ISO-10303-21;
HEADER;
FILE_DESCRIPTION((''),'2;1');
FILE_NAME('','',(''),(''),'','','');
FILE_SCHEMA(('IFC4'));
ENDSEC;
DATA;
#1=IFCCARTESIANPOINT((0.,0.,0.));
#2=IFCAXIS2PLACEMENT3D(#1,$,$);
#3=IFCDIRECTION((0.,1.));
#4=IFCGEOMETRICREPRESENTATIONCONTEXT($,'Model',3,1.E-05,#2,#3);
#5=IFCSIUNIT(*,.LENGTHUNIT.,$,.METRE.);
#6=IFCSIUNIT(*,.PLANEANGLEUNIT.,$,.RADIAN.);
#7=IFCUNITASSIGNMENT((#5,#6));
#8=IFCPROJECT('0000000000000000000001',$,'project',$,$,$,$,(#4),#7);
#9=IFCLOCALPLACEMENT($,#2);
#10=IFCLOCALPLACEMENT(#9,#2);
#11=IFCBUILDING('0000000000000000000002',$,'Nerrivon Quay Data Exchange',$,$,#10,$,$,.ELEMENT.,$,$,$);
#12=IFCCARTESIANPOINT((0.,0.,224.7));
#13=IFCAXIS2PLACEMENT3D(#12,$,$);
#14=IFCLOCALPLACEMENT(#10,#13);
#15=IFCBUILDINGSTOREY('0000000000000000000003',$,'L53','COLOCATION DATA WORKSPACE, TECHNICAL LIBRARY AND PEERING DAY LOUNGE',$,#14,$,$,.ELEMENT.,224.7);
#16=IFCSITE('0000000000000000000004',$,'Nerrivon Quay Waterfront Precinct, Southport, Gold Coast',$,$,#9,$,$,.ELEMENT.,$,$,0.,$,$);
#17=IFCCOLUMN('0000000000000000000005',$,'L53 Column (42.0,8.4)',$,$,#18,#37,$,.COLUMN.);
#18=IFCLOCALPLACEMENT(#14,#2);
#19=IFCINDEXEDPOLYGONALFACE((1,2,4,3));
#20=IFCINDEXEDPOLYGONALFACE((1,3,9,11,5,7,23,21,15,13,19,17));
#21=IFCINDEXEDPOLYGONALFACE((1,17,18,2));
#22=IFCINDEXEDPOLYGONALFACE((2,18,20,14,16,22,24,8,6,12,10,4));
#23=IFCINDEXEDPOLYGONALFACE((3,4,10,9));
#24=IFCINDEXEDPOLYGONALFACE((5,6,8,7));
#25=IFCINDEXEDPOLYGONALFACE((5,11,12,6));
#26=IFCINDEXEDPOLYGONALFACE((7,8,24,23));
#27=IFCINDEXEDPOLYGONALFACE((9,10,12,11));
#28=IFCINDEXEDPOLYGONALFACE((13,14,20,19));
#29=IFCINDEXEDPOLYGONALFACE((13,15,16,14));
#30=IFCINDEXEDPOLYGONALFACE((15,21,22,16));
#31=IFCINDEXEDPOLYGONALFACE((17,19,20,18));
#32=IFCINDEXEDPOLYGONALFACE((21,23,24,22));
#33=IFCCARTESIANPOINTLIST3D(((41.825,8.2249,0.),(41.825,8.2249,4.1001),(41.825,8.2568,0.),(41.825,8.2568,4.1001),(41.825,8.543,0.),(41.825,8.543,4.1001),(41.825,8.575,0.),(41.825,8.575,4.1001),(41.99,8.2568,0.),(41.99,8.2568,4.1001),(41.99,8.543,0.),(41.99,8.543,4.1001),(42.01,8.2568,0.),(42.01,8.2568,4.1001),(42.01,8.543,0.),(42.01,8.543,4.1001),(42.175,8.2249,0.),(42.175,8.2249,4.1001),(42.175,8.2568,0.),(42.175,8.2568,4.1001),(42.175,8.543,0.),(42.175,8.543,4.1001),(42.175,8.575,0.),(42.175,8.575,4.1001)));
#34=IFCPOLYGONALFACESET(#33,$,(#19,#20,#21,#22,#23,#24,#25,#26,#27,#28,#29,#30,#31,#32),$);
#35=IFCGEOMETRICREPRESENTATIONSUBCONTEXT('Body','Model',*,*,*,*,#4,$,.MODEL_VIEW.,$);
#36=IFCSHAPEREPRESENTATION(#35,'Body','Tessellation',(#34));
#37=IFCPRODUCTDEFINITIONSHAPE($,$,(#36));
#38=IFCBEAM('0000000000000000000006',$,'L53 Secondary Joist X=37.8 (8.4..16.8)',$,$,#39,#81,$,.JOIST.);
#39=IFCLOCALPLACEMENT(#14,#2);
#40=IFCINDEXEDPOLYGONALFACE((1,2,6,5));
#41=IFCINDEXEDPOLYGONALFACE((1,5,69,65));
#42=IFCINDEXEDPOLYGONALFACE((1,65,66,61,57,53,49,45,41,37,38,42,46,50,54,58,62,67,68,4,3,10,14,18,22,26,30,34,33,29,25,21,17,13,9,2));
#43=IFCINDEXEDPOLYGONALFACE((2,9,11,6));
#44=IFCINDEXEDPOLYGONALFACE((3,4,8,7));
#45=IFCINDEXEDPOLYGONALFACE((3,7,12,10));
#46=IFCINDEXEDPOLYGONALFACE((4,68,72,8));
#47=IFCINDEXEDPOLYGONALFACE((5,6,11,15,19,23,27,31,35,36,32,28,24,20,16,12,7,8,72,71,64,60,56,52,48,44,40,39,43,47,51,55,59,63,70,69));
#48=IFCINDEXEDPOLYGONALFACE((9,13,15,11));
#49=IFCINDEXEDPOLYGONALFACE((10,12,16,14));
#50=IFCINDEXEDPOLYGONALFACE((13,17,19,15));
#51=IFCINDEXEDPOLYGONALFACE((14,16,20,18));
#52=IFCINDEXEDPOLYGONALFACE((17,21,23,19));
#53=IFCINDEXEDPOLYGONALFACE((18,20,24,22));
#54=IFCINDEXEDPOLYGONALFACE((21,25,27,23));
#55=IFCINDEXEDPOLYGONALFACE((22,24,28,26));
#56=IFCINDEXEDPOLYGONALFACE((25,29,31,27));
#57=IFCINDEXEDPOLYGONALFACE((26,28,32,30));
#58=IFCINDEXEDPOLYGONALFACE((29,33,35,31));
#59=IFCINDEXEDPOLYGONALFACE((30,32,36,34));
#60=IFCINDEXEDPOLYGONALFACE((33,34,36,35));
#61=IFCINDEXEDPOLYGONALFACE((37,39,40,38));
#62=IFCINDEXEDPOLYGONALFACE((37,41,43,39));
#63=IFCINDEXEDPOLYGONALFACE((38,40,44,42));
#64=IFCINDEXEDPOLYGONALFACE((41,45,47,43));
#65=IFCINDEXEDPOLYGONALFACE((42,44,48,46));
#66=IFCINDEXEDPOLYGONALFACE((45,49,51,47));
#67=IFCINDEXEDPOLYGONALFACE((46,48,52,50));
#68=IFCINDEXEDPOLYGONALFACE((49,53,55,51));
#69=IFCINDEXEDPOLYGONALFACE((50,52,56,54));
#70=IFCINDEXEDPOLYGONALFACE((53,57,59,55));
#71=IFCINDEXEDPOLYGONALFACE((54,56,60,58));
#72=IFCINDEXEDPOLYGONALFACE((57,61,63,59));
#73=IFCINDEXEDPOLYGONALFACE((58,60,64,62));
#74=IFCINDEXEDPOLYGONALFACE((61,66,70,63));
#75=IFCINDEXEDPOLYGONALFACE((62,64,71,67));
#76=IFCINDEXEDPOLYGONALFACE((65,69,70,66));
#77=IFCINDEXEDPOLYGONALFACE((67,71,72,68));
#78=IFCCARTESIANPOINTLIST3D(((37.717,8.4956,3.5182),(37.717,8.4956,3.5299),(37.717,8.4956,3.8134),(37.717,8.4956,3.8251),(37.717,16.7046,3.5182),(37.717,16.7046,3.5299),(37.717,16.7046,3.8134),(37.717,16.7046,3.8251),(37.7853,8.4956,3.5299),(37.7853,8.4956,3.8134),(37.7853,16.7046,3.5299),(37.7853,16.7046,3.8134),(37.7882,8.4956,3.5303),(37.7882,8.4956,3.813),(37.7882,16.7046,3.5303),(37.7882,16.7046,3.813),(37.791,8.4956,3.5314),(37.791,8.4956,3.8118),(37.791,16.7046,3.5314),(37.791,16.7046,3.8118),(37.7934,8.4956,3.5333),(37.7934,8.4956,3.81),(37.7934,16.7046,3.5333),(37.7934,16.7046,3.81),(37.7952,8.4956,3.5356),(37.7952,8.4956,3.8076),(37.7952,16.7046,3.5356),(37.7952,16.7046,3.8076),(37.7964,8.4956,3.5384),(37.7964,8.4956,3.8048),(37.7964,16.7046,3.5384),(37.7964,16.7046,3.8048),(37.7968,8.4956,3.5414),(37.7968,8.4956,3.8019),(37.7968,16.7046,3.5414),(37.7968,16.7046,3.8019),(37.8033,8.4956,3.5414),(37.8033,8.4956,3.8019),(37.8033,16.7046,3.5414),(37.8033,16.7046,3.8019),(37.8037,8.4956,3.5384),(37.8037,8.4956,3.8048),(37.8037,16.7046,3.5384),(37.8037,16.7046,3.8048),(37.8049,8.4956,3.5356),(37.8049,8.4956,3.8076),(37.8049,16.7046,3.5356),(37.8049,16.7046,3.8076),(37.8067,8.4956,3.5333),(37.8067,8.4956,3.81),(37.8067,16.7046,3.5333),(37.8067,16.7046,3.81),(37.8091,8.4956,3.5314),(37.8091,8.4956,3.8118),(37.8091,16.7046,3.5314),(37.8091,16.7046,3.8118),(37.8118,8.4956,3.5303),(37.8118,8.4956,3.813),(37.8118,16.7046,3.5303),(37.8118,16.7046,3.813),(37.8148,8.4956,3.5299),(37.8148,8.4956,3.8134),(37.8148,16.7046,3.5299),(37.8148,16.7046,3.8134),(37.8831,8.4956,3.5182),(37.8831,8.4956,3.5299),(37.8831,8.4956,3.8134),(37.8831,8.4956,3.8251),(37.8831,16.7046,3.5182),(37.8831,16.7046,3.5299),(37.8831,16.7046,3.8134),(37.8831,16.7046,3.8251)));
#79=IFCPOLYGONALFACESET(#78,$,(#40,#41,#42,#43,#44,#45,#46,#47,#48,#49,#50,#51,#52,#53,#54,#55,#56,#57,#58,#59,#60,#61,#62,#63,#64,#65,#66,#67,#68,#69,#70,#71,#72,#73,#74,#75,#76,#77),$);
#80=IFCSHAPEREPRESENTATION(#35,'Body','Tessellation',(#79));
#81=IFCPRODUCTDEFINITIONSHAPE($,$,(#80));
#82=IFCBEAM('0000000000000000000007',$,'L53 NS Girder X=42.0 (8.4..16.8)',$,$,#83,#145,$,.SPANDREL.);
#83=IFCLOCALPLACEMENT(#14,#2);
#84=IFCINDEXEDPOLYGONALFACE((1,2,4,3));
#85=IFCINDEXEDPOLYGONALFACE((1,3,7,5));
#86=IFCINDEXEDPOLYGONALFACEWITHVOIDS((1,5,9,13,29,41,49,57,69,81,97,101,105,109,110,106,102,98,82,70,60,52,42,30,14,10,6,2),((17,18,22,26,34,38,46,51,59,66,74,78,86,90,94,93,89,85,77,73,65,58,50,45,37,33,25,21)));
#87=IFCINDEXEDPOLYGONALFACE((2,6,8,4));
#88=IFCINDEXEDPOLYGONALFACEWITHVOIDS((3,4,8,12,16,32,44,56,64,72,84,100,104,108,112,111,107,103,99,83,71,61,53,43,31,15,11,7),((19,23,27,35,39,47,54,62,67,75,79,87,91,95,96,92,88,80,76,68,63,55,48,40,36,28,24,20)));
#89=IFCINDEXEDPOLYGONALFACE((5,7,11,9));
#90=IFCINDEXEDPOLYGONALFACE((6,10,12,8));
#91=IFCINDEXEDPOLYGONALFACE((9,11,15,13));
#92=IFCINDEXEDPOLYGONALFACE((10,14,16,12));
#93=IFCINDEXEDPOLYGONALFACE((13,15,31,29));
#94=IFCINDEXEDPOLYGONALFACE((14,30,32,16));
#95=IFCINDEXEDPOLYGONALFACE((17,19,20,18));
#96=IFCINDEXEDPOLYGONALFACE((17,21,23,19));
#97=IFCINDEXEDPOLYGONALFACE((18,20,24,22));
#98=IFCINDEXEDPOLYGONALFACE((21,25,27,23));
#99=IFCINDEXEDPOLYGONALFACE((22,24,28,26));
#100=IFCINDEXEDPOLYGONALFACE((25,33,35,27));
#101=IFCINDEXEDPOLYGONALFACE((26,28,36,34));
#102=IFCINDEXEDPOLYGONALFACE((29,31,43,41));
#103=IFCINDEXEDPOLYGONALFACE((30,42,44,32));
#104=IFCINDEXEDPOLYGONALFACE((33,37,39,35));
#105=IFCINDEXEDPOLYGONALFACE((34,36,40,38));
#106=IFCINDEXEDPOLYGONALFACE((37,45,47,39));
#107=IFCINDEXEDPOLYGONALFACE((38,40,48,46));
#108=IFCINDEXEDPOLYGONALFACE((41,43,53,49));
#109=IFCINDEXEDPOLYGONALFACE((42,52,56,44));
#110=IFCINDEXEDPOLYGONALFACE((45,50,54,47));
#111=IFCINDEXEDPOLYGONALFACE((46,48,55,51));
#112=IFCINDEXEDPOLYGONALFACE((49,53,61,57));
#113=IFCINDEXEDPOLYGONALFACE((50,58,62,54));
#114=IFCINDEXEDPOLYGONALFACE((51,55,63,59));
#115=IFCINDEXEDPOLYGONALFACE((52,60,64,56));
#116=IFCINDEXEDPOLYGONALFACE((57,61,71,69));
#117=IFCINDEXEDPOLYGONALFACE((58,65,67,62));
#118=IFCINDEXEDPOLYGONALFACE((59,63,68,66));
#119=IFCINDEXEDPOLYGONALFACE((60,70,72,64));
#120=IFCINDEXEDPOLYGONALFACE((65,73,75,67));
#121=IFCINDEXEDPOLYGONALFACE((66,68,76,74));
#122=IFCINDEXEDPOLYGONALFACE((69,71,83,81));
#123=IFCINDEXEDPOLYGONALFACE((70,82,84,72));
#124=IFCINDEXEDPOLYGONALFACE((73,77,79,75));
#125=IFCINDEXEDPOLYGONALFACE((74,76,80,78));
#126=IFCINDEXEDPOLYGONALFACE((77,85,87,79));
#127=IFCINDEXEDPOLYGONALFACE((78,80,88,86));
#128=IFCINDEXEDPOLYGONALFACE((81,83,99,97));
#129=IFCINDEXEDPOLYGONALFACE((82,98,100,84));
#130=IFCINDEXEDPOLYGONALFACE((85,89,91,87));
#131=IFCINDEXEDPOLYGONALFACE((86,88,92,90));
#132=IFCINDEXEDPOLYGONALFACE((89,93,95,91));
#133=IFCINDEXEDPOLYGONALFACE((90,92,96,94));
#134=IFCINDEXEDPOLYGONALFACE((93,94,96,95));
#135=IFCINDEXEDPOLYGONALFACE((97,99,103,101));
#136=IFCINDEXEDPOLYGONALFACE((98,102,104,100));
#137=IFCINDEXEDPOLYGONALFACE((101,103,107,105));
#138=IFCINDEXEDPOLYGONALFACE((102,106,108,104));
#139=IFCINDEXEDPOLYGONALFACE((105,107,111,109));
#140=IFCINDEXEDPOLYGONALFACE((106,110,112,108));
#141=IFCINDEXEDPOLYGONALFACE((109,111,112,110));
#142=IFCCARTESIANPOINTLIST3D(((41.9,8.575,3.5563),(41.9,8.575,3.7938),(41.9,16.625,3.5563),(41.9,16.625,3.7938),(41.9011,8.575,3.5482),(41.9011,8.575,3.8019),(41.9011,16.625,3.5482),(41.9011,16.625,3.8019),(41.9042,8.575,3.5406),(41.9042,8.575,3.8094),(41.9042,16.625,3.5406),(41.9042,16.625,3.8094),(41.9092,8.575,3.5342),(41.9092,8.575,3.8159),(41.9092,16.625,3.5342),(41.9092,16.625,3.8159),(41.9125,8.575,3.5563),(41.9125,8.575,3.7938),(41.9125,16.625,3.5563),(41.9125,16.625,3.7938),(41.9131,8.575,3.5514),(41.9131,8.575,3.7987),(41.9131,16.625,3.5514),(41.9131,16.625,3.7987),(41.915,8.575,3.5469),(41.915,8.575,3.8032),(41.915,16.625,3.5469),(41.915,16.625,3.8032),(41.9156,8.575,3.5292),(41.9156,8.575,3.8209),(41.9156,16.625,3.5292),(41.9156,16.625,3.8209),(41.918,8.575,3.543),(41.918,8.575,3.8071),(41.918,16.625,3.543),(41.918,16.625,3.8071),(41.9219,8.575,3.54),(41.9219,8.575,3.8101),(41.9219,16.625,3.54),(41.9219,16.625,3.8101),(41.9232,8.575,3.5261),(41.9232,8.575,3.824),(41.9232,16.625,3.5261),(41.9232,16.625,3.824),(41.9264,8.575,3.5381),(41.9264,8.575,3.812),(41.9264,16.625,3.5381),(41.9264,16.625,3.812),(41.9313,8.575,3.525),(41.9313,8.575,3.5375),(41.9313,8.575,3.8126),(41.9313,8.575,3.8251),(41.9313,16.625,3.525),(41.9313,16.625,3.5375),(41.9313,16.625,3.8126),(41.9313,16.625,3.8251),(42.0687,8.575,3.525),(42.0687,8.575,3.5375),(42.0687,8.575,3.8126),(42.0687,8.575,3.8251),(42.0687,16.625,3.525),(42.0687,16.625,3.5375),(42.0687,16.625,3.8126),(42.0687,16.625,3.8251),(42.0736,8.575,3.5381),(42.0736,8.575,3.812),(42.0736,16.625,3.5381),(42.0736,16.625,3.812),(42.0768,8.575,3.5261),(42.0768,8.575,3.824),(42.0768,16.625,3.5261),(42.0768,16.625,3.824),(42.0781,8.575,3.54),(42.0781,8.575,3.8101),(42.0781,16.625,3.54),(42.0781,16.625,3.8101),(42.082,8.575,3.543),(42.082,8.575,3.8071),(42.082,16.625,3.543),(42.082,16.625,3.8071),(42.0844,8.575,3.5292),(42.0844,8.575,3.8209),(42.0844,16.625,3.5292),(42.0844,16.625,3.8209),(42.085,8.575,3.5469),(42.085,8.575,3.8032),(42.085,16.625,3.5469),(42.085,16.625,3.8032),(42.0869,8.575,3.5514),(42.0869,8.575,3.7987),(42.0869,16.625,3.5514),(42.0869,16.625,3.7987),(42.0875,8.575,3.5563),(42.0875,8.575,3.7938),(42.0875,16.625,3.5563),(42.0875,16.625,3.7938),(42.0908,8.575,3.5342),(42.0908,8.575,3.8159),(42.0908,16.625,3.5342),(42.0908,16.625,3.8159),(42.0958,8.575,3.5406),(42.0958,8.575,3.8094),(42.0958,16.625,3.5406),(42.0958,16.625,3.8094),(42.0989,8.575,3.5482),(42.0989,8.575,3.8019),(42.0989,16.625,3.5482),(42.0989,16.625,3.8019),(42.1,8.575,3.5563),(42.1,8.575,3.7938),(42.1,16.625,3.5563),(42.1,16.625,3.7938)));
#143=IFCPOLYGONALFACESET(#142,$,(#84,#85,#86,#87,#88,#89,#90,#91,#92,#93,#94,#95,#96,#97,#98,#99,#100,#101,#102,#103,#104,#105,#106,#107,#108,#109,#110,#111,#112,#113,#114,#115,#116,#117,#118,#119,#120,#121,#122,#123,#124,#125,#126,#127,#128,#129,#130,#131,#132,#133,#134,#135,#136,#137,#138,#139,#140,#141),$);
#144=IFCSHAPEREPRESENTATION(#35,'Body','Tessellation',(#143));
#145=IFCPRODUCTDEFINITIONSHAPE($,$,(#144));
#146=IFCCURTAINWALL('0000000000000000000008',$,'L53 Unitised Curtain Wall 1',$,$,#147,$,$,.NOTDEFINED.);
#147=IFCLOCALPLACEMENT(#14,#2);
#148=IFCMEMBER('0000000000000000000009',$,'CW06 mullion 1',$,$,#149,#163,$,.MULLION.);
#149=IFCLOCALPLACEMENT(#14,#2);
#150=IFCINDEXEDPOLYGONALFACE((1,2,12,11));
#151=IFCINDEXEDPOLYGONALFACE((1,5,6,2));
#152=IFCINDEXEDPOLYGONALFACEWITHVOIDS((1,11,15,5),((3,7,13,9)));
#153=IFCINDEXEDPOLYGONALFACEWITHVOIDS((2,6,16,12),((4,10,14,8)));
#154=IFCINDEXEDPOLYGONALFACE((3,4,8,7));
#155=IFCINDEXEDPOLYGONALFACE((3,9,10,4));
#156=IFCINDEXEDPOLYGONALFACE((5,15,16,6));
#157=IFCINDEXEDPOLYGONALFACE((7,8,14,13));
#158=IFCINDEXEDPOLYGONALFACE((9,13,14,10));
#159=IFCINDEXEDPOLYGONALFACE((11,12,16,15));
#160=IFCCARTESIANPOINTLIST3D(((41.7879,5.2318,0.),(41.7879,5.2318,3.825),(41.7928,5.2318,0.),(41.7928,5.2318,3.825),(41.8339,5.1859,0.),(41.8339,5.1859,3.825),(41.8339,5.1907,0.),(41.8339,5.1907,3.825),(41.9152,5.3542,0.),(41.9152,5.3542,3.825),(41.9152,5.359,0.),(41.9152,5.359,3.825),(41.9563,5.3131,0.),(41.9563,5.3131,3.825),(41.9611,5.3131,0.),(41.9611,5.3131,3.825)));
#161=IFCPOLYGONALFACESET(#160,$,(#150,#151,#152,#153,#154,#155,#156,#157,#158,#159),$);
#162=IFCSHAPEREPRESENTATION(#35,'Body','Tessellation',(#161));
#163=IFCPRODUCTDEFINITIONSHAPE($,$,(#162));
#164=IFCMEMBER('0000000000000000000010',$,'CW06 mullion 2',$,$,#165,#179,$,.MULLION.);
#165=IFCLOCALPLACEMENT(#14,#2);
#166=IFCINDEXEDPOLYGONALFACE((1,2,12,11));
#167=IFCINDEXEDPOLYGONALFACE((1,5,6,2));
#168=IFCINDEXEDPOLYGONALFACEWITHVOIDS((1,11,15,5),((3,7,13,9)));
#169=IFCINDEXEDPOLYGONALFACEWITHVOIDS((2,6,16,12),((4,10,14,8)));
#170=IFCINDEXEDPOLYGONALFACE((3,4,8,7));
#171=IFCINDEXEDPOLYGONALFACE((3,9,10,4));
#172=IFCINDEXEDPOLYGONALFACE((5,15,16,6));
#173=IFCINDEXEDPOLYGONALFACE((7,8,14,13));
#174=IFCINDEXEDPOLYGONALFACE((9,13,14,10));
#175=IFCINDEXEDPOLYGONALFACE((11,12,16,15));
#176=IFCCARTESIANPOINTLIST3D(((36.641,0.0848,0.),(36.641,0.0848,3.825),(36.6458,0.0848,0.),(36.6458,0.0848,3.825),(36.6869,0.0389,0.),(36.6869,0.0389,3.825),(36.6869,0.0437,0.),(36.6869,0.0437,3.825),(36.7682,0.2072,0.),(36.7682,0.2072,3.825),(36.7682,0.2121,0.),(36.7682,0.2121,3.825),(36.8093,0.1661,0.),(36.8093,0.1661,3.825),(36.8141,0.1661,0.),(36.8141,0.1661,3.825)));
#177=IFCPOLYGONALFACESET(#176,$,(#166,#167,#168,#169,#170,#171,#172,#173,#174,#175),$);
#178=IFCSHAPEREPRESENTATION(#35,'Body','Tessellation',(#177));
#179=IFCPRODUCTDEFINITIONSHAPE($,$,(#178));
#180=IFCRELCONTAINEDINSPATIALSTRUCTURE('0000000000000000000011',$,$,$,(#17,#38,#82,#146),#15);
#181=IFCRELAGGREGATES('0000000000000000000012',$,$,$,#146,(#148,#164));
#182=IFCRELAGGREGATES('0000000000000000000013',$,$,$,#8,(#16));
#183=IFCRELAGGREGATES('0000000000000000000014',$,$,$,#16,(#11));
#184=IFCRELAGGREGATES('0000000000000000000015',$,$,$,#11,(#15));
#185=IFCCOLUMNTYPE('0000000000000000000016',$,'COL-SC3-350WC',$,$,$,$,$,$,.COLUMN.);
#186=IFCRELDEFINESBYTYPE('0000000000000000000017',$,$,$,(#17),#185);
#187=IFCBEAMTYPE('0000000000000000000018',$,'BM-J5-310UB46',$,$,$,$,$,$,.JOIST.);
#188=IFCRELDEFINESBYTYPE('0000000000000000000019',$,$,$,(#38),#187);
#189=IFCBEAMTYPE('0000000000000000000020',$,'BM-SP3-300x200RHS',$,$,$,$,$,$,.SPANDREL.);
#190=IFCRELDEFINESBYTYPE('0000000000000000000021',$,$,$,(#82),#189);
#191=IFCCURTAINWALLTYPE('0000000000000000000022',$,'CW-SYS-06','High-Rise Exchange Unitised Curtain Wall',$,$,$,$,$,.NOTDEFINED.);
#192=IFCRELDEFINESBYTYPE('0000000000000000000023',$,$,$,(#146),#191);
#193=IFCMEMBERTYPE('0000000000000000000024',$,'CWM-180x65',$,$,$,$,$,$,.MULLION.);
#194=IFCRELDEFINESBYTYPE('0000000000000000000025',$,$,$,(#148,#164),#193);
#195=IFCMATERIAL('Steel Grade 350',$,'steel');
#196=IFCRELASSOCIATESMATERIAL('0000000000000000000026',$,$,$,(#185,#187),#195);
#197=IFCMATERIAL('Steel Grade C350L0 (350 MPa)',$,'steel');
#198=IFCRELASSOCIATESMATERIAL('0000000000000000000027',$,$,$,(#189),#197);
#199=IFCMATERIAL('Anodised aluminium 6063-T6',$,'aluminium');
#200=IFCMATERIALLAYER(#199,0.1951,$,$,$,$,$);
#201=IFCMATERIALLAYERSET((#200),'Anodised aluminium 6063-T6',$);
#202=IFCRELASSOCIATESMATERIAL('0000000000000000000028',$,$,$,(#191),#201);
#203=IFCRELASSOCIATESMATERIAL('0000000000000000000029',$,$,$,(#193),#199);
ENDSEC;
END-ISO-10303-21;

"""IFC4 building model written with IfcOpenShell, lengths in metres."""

from ifc_helpers import new_model, si_unit, direction, frame, origin, origin_2d, place, context, subcontext, project, spatial, hollow_rectangle, i_section, extrude, material, layer, layer_set, material_profile, profile_set, type_object, element, aggregate, save


model = new_model("IFC4")

# Units and contexts
model_context = context("Model", 3, precision=1e-05, world=origin(), true_north=direction((0.0, 1.0)))
body_context = subcontext(model_context, "Body", "Model", "MODEL_VIEW")
ifc_project = project(units=[si_unit("LENGTHUNIT", "METRE"), si_unit("PLANEANGLEUNIT", "RADIAN")], contexts=[model_context])

# Site, building, storey
site_placement = place(None, origin())
site = spatial("IfcSite", under=ifc_project, at=site_placement, Name="Nerrivon Quay Waterfront Precinct, Southport, Gold Coast", CompositionType="ELEMENT", RefElevation=0.0)
building_placement = place(site_placement, origin())
building = spatial("IfcBuilding", under=site, at=building_placement, Name="Nerrivon Quay Data Exchange", CompositionType="ELEMENT")
storey_placement = place(building_placement, frame((0.0, 0.0, 224.7)))
storey = spatial("IfcBuildingStorey", under=building, at=storey_placement, Name="L53", Description="COLOCATION DATA WORKSPACE, TECHNICAL LIBRARY AND PEERING DAY LOUNGE", CompositionType="ELEMENT", Elevation=224.7)

# Column
ifc_material_1 = material(Name="Steel Grade 350", Category="steel")
ifc_material_profile_1 = material_profile(ifc_material_1, i_section(OverallWidth=0.3501, OverallDepth=0.3501, WebThickness=0.02, FlangeThickness=0.032, at=origin_2d()), Name="350WC230")
ifc_profile_set_1 = profile_set([ifc_material_profile_1], Name="Steel Grade 350")
column_type = type_object("IfcColumnType", Name="COL-SC3-350WC", PredefinedType="COLUMN", material=ifc_profile_set_1)
column_placement = place(storey_placement, frame((42.0, 8.3999, 0.0), z_axis=(0.0, 0.0, 1.0), x_axis=(1.0, 0.0, 0.0)))
element("IfcColumn", 1, at=column_placement, inside=storey, type_object=column_type, Name="L53 Column (42.0,8.4)", PredefinedType="COLUMN", context=body_context, shape_type="SweptSolid", body=[
    extrude(i_section(OverallWidth=0.3501, OverallDepth=0.3501, WebThickness=0.02, FlangeThickness=0.032, at=origin_2d()), origin(), (0.0, 0.0, 1.0), 4.1001),
])

# Beams
ifc_material_profile_2 = material_profile(ifc_material_1, i_section(OverallWidth=0.166, OverallDepth=0.3069, WebThickness=0.0066, FlangeThickness=0.0117, FilletRadius=0.0115, at=origin_2d()), Name="310UB46.2")
ifc_profile_set_2 = profile_set([ifc_material_profile_2], Name="Steel Grade 350")
beam_type_1 = type_object("IfcBeamType", Name="BM-J5-310UB46", PredefinedType="JOIST", material=ifc_profile_set_2)
beam_1_placement = place(storey_placement, frame((37.8, 8.4956, 3.6716), z_axis=(0.0, 1.0, 0.0), x_axis=(-1.0, 0.0, 0.0)))
element("IfcBeam", 2, at=beam_1_placement, inside=storey, type_object=beam_type_1, Name="L53 Secondary Joist X=37.8 (8.4..16.8)", PredefinedType="JOIST", context=body_context, shape_type="SweptSolid", body=[
    extrude(i_section(OverallWidth=0.166, OverallDepth=0.3069, WebThickness=0.0066, FlangeThickness=0.0117, FilletRadius=0.0115, at=origin_2d()), origin(), (0.0, 0.0, 1.0), 8.209),
])
ifc_material_2 = material(Name="Steel Grade C350L0 (350 MPa)", Category="steel")
ifc_material_profile_3 = material_profile(ifc_material_2, hollow_rectangle(XDim=0.2, YDim=0.3, WallThickness=0.0125, InnerFilletRadius=0.0188, OuterFilletRadius=0.0312, at=origin_2d()), Name="300x200x12.5RHS")
ifc_profile_set_3 = profile_set([ifc_material_profile_3], Name="Steel Grade C350L0 (350 MPa)")
beam_type_2 = type_object("IfcBeamType", Name="BM-SP3-300x200RHS", PredefinedType="SPANDREL", material=ifc_profile_set_3)
beam_2_placement = place(storey_placement, frame((42.0, 8.575, 3.675), z_axis=(0.0, 1.0, 0.0), x_axis=(-1.0, 0.0, 0.0)))
element("IfcBeam", 3, at=beam_2_placement, inside=storey, type_object=beam_type_2, Name="L53 NS Girder X=42.0 (8.4..16.8)", PredefinedType="SPANDREL", context=body_context, shape_type="SweptSolid", body=[
    extrude(hollow_rectangle(XDim=0.2, YDim=0.3, WallThickness=0.0125, InnerFilletRadius=0.0188, OuterFilletRadius=0.0312, at=origin_2d()), origin(), (0.0, 0.0, 1.0), 8.05),
])

# Curtain wall, members
ifc_material_3 = material(Name="Anodised aluminium 6063-T6", Category="aluminium")
ifc_layer_1 = layer(ifc_material_3, 0.1951)
ifc_layer_set_1 = layer_set([ifc_layer_1], Name="Anodised aluminium 6063-T6")
curtain_wall_type = type_object("IfcCurtainWallType", Name="CW-SYS-06", Description="High-Rise Exchange Unitised Curtain Wall", PredefinedType="NOTDEFINED", material=ifc_layer_set_1)
curtain_wall_1_placement = place(storey_placement, origin())
curtain_wall_1 = element("IfcCurtainWall", 4, at=curtain_wall_1_placement, inside=storey, type_object=curtain_wall_type, Name="L53 Unitised Curtain Wall 1", PredefinedType="NOTDEFINED")
ifc_material_profile_4 = material_profile(ifc_material_3, hollow_rectangle(XDim=0.0649, YDim=0.1799, WallThickness=0.0034, at=origin_2d()), Name="ALU-MULL-180x65")
ifc_profile_set_4 = profile_set([ifc_material_profile_4], Name="Anodised aluminium 6063-T6")
member_type_1 = type_object("IfcMemberType", Name="CWM-180x65", PredefinedType="MULLION", material=ifc_profile_set_4)
member_1_placement = place(storey_placement, frame((41.8745, 5.2725, 0.0), z_axis=(0.0, 0.0, 1.0), x_axis=(0.707107, -0.707107, 0.0)))
member_1 = element("IfcMember", 5, at=member_1_placement, type_object=member_type_1, Name="CW06 mullion 1", PredefinedType="MULLION", context=body_context, shape_type="SweptSolid", body=[
    extrude(hollow_rectangle(XDim=0.0649, YDim=0.1799, WallThickness=0.0034, at=origin_2d()), origin(), (0.0, 0.0, 1.0), 3.825),
])
member_2_placement = place(storey_placement, frame((36.7275, 0.1255, 0.0), z_axis=(0.0, 0.0, 1.0), x_axis=(0.707107, -0.707107, 0.0)))
member_2 = element("IfcMember", 6, at=member_2_placement, type_object=member_type_1, Name="CW06 mullion 2", PredefinedType="MULLION", context=body_context, shape_type="SweptSolid", body=[
    extrude(hollow_rectangle(XDim=0.0649, YDim=0.1799, WallThickness=0.0034, at=origin_2d()), origin(), (0.0, 0.0, 1.0), 3.825),
])

aggregate(curtain_wall_1, [member_1, member_2])

save(model, "model.ifc")
